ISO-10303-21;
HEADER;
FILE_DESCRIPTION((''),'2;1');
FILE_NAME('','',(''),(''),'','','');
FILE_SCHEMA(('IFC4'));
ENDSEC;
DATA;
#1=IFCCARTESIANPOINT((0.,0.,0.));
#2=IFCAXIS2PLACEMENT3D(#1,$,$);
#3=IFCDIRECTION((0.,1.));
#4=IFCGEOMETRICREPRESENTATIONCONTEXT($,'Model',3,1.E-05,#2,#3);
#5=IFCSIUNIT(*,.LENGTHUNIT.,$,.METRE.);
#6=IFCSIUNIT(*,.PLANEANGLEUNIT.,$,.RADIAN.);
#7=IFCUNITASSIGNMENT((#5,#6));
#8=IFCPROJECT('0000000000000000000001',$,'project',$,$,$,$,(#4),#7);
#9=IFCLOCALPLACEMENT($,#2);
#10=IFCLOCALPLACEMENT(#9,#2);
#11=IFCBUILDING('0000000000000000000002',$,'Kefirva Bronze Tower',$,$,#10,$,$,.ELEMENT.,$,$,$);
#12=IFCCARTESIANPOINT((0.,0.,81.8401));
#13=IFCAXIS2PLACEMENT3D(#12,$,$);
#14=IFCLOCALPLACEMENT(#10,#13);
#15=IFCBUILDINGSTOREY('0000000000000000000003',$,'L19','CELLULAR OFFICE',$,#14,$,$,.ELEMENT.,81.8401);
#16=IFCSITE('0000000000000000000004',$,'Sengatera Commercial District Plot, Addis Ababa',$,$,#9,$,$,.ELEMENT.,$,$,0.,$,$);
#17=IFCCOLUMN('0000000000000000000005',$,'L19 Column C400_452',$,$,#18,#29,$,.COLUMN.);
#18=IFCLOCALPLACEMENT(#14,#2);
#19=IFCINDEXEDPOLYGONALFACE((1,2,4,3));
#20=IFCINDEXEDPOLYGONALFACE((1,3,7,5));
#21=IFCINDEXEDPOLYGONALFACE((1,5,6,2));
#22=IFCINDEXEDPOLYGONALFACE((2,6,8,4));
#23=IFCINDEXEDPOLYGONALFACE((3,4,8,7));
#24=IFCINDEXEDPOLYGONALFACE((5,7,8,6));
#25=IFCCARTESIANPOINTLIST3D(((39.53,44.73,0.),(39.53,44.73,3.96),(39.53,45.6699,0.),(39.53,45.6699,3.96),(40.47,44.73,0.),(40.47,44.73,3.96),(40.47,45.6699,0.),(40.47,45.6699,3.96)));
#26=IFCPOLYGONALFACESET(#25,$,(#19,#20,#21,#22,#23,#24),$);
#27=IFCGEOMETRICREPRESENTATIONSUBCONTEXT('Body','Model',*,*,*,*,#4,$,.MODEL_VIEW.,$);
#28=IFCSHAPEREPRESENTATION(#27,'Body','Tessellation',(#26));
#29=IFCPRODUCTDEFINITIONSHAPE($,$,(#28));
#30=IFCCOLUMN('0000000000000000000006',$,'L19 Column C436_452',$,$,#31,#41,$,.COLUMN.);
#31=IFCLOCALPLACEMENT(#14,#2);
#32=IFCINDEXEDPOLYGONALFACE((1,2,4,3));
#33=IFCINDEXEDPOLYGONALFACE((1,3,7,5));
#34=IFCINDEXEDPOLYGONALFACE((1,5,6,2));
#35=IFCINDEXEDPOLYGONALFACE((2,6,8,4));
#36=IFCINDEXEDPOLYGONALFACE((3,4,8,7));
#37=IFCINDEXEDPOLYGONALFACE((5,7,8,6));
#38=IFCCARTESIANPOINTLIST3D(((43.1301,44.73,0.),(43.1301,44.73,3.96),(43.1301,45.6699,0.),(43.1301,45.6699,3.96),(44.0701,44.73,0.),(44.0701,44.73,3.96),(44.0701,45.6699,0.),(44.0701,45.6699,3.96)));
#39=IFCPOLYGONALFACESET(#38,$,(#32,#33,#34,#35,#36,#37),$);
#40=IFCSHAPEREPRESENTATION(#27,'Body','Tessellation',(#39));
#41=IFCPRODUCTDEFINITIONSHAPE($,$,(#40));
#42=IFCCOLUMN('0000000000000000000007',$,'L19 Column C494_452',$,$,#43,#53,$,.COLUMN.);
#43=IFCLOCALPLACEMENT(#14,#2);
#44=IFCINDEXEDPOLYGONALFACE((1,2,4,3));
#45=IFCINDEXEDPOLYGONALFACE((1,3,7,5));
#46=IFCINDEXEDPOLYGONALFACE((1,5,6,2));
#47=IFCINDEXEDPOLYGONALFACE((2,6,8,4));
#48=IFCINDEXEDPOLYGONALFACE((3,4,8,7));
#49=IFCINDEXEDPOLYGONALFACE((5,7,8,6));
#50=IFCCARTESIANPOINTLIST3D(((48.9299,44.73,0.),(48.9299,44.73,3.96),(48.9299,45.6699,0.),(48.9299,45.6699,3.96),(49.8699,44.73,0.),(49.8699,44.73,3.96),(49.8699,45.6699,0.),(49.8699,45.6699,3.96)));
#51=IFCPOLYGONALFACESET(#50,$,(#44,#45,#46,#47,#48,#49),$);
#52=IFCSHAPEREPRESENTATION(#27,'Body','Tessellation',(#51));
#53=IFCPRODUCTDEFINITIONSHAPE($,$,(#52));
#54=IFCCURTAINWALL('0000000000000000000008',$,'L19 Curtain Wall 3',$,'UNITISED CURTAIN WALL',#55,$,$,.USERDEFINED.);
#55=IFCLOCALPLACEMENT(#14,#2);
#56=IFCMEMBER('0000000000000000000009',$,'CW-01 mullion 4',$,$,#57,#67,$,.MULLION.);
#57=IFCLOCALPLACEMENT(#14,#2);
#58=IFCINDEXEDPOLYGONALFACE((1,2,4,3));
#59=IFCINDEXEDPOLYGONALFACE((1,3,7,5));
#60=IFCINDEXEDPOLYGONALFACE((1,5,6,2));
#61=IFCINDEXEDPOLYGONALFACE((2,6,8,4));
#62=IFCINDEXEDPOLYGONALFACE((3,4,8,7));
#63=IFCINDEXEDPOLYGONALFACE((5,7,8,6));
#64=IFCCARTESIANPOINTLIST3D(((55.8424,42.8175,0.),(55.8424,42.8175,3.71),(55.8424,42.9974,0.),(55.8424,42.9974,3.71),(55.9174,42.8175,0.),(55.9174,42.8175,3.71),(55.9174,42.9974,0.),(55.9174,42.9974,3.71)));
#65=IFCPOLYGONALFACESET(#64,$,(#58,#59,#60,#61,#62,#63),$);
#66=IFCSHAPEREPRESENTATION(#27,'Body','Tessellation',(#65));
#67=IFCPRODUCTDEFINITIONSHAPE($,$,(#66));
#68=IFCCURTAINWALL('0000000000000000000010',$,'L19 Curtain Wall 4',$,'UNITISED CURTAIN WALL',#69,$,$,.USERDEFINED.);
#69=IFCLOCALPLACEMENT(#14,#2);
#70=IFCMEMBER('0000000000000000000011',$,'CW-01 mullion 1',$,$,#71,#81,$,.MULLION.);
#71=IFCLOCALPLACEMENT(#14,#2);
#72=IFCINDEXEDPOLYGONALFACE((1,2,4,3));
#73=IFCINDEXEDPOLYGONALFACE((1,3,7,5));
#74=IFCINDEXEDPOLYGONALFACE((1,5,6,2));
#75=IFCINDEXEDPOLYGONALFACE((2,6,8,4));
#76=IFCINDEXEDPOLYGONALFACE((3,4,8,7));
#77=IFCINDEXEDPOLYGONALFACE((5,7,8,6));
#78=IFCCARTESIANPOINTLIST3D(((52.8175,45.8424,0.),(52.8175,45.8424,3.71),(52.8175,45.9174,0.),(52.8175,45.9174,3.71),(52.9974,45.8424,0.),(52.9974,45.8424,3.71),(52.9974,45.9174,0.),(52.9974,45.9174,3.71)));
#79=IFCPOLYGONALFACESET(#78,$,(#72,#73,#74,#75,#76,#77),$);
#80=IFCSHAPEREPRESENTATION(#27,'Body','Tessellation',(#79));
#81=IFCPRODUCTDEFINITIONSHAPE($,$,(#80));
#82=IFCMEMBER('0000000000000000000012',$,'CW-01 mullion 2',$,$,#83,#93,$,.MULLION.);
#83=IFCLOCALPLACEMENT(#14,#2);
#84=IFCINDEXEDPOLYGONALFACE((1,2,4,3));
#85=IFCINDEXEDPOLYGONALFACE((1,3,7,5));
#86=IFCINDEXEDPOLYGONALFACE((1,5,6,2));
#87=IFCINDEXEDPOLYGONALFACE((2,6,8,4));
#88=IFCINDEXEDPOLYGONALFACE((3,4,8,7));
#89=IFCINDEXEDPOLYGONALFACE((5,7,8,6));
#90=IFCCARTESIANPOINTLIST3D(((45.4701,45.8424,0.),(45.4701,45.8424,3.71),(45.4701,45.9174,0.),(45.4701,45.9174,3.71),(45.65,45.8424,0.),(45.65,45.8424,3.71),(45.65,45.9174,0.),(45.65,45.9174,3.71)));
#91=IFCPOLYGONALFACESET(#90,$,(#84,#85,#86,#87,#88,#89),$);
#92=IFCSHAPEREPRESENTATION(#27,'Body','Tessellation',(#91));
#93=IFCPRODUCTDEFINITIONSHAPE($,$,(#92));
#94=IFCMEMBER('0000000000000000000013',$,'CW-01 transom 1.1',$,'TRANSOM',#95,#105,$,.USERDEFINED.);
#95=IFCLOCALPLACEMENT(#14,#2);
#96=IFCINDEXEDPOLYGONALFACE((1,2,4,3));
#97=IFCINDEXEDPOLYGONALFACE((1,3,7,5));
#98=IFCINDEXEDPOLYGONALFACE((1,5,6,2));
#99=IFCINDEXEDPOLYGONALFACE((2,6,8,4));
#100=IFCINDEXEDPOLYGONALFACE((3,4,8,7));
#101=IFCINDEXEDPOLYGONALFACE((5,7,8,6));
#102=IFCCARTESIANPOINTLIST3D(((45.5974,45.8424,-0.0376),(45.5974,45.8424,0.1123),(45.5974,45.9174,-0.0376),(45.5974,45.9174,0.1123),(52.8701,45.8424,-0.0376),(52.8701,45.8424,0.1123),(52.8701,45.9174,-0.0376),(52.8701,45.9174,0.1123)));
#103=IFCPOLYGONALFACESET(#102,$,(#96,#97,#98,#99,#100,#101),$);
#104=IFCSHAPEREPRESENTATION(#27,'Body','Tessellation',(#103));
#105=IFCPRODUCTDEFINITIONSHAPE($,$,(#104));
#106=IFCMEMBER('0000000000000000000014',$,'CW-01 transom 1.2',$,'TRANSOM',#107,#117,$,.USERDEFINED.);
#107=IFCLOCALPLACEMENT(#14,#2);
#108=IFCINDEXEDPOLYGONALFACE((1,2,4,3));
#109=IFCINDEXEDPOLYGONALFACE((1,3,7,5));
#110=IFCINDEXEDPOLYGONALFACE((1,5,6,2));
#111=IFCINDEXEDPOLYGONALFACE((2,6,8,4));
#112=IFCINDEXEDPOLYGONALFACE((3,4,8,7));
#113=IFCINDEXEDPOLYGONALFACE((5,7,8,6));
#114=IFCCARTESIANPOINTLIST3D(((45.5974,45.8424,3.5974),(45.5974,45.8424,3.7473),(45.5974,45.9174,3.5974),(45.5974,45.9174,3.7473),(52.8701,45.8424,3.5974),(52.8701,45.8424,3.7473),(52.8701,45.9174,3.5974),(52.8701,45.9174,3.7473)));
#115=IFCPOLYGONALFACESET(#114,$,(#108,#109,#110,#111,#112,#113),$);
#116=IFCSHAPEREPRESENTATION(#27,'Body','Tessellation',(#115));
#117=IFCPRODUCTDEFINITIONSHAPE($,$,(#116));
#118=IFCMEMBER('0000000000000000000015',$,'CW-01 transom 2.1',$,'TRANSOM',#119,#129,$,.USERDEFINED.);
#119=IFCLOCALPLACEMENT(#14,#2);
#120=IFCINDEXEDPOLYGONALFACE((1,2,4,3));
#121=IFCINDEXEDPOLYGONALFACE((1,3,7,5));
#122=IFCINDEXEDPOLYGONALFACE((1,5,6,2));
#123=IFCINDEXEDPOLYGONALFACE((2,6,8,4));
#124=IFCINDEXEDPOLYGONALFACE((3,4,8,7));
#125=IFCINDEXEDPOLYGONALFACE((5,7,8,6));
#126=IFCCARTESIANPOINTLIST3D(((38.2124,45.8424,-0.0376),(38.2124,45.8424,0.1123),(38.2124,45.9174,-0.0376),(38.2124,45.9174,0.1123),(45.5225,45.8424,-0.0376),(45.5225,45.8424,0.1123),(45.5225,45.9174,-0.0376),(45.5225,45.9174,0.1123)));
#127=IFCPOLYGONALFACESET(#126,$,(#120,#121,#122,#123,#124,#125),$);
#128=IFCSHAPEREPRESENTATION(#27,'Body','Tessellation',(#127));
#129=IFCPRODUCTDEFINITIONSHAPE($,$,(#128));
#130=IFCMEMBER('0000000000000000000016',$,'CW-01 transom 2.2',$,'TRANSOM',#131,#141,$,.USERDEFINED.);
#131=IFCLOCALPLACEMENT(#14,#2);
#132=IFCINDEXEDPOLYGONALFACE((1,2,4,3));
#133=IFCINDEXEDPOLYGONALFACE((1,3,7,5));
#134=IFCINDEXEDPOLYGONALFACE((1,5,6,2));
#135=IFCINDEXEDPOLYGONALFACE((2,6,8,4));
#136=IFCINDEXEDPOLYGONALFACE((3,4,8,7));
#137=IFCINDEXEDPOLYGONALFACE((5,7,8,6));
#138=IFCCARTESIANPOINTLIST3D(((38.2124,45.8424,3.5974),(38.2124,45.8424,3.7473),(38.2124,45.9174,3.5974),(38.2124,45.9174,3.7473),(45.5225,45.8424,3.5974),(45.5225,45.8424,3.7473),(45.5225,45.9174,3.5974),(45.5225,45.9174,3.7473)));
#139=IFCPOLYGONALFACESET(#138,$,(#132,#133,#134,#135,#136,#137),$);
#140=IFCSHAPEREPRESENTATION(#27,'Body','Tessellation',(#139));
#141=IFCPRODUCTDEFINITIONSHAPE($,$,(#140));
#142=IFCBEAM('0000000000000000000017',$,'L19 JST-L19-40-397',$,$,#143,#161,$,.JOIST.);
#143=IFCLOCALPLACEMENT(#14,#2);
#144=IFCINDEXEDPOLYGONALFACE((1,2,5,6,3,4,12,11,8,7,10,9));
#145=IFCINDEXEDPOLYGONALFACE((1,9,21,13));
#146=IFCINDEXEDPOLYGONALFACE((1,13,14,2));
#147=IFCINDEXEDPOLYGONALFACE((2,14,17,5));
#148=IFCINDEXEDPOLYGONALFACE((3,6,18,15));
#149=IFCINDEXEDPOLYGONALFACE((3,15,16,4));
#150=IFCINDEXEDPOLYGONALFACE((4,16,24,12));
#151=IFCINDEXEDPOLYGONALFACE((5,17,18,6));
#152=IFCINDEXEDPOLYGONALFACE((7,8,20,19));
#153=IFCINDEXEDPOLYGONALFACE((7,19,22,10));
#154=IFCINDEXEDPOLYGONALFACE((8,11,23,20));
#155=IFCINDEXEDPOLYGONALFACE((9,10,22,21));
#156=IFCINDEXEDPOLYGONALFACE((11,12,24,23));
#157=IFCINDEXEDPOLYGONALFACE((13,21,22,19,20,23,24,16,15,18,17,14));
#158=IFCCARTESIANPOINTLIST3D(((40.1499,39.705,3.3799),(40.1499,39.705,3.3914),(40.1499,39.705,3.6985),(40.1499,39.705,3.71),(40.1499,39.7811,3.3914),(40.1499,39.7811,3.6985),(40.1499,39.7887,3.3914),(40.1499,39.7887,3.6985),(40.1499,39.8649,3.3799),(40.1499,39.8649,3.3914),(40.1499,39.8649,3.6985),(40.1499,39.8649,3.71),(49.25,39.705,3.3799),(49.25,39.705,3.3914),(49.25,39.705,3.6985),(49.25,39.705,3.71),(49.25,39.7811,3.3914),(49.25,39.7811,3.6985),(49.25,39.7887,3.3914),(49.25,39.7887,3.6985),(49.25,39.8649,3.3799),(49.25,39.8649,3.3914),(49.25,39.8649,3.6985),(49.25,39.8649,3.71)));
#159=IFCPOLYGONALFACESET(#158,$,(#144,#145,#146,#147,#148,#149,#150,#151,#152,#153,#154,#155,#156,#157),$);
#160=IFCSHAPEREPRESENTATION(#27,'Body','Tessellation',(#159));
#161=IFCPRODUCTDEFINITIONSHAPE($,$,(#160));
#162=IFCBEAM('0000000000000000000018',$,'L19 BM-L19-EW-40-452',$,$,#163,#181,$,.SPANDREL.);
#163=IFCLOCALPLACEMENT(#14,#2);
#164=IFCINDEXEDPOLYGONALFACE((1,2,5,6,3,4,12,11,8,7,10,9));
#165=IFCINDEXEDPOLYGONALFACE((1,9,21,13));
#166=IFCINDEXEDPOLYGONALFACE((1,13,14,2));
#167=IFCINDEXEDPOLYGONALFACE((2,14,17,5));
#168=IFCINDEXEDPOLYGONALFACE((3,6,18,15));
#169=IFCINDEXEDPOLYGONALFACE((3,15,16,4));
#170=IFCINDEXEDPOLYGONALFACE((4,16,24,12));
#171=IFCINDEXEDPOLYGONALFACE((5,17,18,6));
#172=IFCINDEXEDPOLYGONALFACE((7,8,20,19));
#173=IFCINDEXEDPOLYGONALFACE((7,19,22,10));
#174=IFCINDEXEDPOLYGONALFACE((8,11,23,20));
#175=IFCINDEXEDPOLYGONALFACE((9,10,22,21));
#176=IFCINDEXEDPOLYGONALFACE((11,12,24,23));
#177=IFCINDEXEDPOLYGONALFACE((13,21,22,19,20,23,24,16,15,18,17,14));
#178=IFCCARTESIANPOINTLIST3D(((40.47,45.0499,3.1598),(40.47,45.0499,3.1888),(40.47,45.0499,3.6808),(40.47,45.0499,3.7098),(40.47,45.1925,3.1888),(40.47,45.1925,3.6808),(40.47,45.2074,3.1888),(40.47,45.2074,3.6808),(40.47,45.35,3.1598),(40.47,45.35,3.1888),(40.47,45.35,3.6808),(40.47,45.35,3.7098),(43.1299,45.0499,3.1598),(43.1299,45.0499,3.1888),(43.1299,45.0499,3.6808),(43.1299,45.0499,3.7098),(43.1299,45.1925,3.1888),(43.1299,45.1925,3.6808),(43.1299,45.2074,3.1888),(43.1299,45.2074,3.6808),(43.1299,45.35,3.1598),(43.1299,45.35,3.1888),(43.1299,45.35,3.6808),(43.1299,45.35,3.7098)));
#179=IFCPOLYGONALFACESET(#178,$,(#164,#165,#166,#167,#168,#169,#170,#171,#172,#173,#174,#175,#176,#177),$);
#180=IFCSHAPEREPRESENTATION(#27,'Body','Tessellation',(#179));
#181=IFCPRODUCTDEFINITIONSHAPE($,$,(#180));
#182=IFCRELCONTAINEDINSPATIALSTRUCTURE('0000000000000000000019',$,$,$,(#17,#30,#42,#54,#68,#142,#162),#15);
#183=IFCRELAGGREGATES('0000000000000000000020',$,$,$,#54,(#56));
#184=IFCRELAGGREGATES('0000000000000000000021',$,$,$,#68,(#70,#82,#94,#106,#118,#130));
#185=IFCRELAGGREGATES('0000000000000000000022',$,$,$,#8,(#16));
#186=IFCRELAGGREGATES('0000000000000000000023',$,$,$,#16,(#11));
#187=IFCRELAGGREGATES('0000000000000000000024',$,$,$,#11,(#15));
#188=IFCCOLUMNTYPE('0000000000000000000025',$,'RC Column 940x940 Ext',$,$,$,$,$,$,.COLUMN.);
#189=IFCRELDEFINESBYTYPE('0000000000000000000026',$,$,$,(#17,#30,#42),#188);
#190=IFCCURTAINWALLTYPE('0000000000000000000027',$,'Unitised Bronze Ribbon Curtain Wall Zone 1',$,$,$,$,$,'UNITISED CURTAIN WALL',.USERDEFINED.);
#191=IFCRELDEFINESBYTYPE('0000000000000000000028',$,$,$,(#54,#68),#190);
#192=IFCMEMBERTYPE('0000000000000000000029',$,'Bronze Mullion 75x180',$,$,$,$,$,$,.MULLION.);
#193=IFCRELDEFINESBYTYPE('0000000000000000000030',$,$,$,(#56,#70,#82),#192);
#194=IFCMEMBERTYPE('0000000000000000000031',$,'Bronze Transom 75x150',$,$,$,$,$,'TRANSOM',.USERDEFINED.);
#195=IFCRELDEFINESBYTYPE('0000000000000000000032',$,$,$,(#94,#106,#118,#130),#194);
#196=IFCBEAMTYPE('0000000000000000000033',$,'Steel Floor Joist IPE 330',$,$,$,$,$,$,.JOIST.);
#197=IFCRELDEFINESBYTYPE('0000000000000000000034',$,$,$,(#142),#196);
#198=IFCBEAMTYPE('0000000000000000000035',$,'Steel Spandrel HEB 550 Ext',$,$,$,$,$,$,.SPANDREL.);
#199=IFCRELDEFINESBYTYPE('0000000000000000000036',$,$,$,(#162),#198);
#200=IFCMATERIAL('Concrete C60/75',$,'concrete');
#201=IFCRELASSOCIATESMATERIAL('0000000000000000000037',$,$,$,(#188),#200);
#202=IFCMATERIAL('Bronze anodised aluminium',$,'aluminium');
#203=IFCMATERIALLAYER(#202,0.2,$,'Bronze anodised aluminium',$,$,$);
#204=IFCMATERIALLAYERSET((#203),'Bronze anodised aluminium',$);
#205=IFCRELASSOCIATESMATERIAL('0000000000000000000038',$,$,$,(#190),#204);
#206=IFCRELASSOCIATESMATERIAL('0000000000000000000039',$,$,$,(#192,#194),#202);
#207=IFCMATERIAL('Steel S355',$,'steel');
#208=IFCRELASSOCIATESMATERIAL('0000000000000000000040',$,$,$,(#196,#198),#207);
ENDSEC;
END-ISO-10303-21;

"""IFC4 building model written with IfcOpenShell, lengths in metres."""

from ifc_helpers import new_model, si_unit, direction, frame, origin, origin_2d, place, context, subcontext, project, spatial, rectangle, i_section, extrude, material, layer, layer_set, material_profile, profile_set, type_object, element, aggregate, save


model = new_model("IFC4")

# Units and contexts
model_context = context("Model", 3, precision=1e-05, world=origin(), true_north=direction((0.0, 1.0)))
body_context = subcontext(model_context, "Body", "Model", "MODEL_VIEW")
ifc_project = project(units=[si_unit("LENGTHUNIT", "METRE"), si_unit("PLANEANGLEUNIT", "RADIAN")], contexts=[model_context])

# Site, building, storey
site_placement = place(None, origin())
site = spatial("IfcSite", under=ifc_project, at=site_placement, Name="Sengatera Commercial District Plot, Addis Ababa", CompositionType="ELEMENT", RefElevation=0.0)
building_placement = place(site_placement, origin())
building = spatial("IfcBuilding", under=site, at=building_placement, Name="Kefirva Bronze Tower", CompositionType="ELEMENT")
storey_placement = place(building_placement, frame((0.0, 0.0, 81.8401)))
storey = spatial("IfcBuildingStorey", under=building, at=storey_placement, Name="L19", Description="CELLULAR OFFICE", CompositionType="ELEMENT", Elevation=81.8401)

# Columns
ifc_material_1 = material(Name="Concrete C60/75", Category="concrete")
ifc_material_profile_1 = material_profile(ifc_material_1, rectangle(XDim=0.9399, YDim=0.9399, at=origin_2d()), Name="RC 940x940")
ifc_profile_set_1 = profile_set([ifc_material_profile_1], Name="Concrete C60/75")
column_type = type_object("IfcColumnType", Name="RC Column 940x940 Ext", PredefinedType="COLUMN", material=ifc_profile_set_1)
for number, where, z_axis, x_axis, name in (
    (1, (40.0, 45.2, 0.0), (0.0, 0.0, 1.0), (1.0, 0.0, 0.0), "L19 Column C400_452"),
    (2, (43.6001, 45.2, 0.0), (0.0, 0.0, 1.0), (1.0, 0.0, 0.0), "L19 Column C436_452"),
    (3, (49.3999, 45.2, 0.0), (0.0, 0.0, 1.0), (1.0, 0.0, 0.0), "L19 Column C494_452"),
):
    element("IfcColumn", number, at=place(storey_placement, frame(where, z_axis=z_axis, x_axis=x_axis)), inside=storey, type_object=column_type, Name=name, PredefinedType="COLUMN", context=body_context, shape_type="SweptSolid", body=[
        extrude(rectangle(XDim=0.9399, YDim=0.9399, at=origin_2d()), origin(), (0.0, 0.0, 1.0), 3.96),
    ])

# Curtain wall, member
ifc_material_2 = material(Name="Bronze anodised aluminium", Category="aluminium")
ifc_layer_1 = layer(ifc_material_2, 0.2, Name="Bronze anodised aluminium")
ifc_layer_set_1 = layer_set([ifc_layer_1], Name="Bronze anodised aluminium")
curtain_wall_type = type_object("IfcCurtainWallType", Name="Unitised Bronze Ribbon Curtain Wall Zone 1", ElementType="UNITISED CURTAIN WALL", PredefinedType="USERDEFINED", material=ifc_layer_set_1)
curtain_wall_1_placement = place(storey_placement, origin())
curtain_wall_1 = element("IfcCurtainWall", 4, at=curtain_wall_1_placement, inside=storey, type_object=curtain_wall_type, Name="L19 Curtain Wall 3", ObjectType="UNITISED CURTAIN WALL", PredefinedType="USERDEFINED")
ifc_material_profile_2 = material_profile(ifc_material_2, rectangle(XDim=0.075, YDim=0.1799, at=origin_2d()), Name="ALU 75x180")
ifc_profile_set_2 = profile_set([ifc_material_profile_2], Name="Bronze anodised aluminium")
member_type_1 = type_object("IfcMemberType", Name="Bronze Mullion 75x180", PredefinedType="MULLION", material=ifc_profile_set_2)
member_1_placement = place(storey_placement, frame((55.8799, 42.9075, 0.0), z_axis=(0.0, 0.0, 1.0), x_axis=(-1.0, 0.0, 0.0)))
member_1 = element("IfcMember", 5, at=member_1_placement, type_object=member_type_1, Name="CW-01 mullion 4", PredefinedType="MULLION", context=body_context, shape_type="SweptSolid", body=[
    extrude(rectangle(XDim=0.075, YDim=0.1799, at=origin_2d()), origin(), (0.0, 0.0, 1.0), 3.71),
])

# Curtain wall, members
curtain_wall_2_placement = place(storey_placement, origin())
curtain_wall_2 = element("IfcCurtainWall", 6, at=curtain_wall_2_placement, inside=storey, type_object=curtain_wall_type, Name="L19 Curtain Wall 4", ObjectType="UNITISED CURTAIN WALL", PredefinedType="USERDEFINED")
member_2_placement = place(storey_placement, frame((52.9075, 45.8799, 0.0), z_axis=(0.0, 0.0, 1.0), x_axis=(0.0, -1.0, 0.0)))
member_2 = element("IfcMember", 7, at=member_2_placement, type_object=member_type_1, Name="CW-01 mullion 1", PredefinedType="MULLION", context=body_context, shape_type="SweptSolid", body=[
    extrude(rectangle(XDim=0.075, YDim=0.1799, at=origin_2d()), origin(), (0.0, 0.0, 1.0), 3.71),
])
member_3_placement = place(storey_placement, frame((45.5601, 45.8799, 0.0), z_axis=(0.0, 0.0, 1.0), x_axis=(0.0, -1.0, 0.0)))
member_3 = element("IfcMember", 8, at=member_3_placement, type_object=member_type_1, Name="CW-01 mullion 2", PredefinedType="MULLION", context=body_context, shape_type="SweptSolid", body=[
    extrude(rectangle(XDim=0.075, YDim=0.1799, at=origin_2d()), origin(), (0.0, 0.0, 1.0), 3.71),
])
ifc_material_profile_3 = material_profile(ifc_material_2, rectangle(XDim=0.075, YDim=0.1499, at=origin_2d()), Name="ALU 75x150")
ifc_profile_set_3 = profile_set([ifc_material_profile_3], Name="Bronze anodised aluminium")
member_type_2 = type_object("IfcMemberType", Name="Bronze Transom 75x150", ElementType="TRANSOM", PredefinedType="USERDEFINED", material=ifc_profile_set_3)
member_4_placement = place(storey_placement, frame((52.8701, 45.8799, 0.0374), z_axis=(-1.0, 0.0, 0.0), x_axis=(0.0, -1.0, 0.0)))
member_4 = element("IfcMember", 9, at=member_4_placement, type_object=member_type_2, Name="CW-01 transom 1.1", ObjectType="TRANSOM", PredefinedType="USERDEFINED", context=body_context, shape_type="SweptSolid", body=[
    extrude(rectangle(XDim=0.075, YDim=0.1499, at=origin_2d()), origin(), (0.0, 0.0, 1.0), 7.2727),
])
member_5_placement = place(storey_placement, frame((52.8701, 45.8799, 3.6724), z_axis=(-1.0, 0.0, 0.0), x_axis=(0.0, -1.0, 0.0)))
member_5 = element("IfcMember", 10, at=member_5_placement, type_object=member_type_2, Name="CW-01 transom 1.2", ObjectType="TRANSOM", PredefinedType="USERDEFINED", context=body_context, shape_type="SweptSolid", body=[
    extrude(rectangle(XDim=0.075, YDim=0.1499, at=origin_2d()), origin(), (0.0, 0.0, 1.0), 7.2727),
])
member_6_placement = place(storey_placement, frame((45.5225, 45.8799, 0.0374), z_axis=(-1.0, 0.0, 0.0), x_axis=(0.0, -1.0, 0.0)))
member_6 = element("IfcMember", 11, at=member_6_placement, type_object=member_type_2, Name="CW-01 transom 2.1", ObjectType="TRANSOM", PredefinedType="USERDEFINED", context=body_context, shape_type="SweptSolid", body=[
    extrude(rectangle(XDim=0.075, YDim=0.1499, at=origin_2d()), origin(), (0.0, 0.0, 1.0), 7.3101),
])
member_7_placement = place(storey_placement, frame((45.5225, 45.8799, 3.6724), z_axis=(-1.0, 0.0, 0.0), x_axis=(0.0, -1.0, 0.0)))
member_7 = element("IfcMember", 12, at=member_7_placement, type_object=member_type_2, Name="CW-01 transom 2.2", ObjectType="TRANSOM", PredefinedType="USERDEFINED", context=body_context, shape_type="SweptSolid", body=[
    extrude(rectangle(XDim=0.075, YDim=0.1499, at=origin_2d()), origin(), (0.0, 0.0, 1.0), 7.3101),
])

# Beams
ifc_material_3 = material(Name="Steel S355", Category="steel")
ifc_material_profile_4 = material_profile(ifc_material_3, i_section(OverallWidth=0.1599, OverallDepth=0.3301, WebThickness=0.0076, FlangeThickness=0.0115, at=origin_2d()), Name="IPE 330")
ifc_profile_set_4 = profile_set([ifc_material_profile_4], Name="Steel S355")
beam_type_1 = type_object("IfcBeamType", Name="Steel Floor Joist IPE 330", PredefinedType="JOIST", material=ifc_profile_set_4)
beam_1_placement = place(storey_placement, frame((40.1499, 39.7849, 3.5449), z_axis=(1.0, 0.0, 0.0), x_axis=(0.0, 1.0, 0.0)))
element("IfcBeam", 13, at=beam_1_placement, inside=storey, type_object=beam_type_1, Name="L19 JST-L19-40-397", PredefinedType="JOIST", context=body_context, shape_type="SweptSolid", body=[
    extrude(i_section(OverallWidth=0.1599, OverallDepth=0.3301, WebThickness=0.0076, FlangeThickness=0.0115, at=origin_2d()), origin(), (0.0, 0.0, 1.0), 9.1001),
])
ifc_material_profile_5 = material_profile(ifc_material_3, i_section(OverallWidth=0.3, OverallDepth=0.55, WebThickness=0.0149, FlangeThickness=0.0291, at=origin_2d()), Name="HEB 550")
ifc_profile_set_5 = profile_set([ifc_material_profile_5], Name="Steel S355")
beam_type_2 = type_object("IfcBeamType", Name="Steel Spandrel HEB 550 Ext", PredefinedType="SPANDREL", material=ifc_profile_set_5)
beam_2_placement = place(storey_placement, frame((40.47, 45.2, 3.4348), z_axis=(1.0, 0.0, 0.0), x_axis=(0.0, 1.0, 0.0)))
element("IfcBeam", 14, at=beam_2_placement, inside=storey, type_object=beam_type_2, Name="L19 BM-L19-EW-40-452", PredefinedType="SPANDREL", context=body_context, shape_type="SweptSolid", body=[
    extrude(i_section(OverallWidth=0.3, OverallDepth=0.55, WebThickness=0.0149, FlangeThickness=0.0291, at=origin_2d()), origin(), (0.0, 0.0, 1.0), 2.6599),
])

aggregate(curtain_wall_1, [member_1])
aggregate(curtain_wall_2, [member_2, member_3, member_4, member_5, member_6, member_7])

save(model, "model.ifc")
